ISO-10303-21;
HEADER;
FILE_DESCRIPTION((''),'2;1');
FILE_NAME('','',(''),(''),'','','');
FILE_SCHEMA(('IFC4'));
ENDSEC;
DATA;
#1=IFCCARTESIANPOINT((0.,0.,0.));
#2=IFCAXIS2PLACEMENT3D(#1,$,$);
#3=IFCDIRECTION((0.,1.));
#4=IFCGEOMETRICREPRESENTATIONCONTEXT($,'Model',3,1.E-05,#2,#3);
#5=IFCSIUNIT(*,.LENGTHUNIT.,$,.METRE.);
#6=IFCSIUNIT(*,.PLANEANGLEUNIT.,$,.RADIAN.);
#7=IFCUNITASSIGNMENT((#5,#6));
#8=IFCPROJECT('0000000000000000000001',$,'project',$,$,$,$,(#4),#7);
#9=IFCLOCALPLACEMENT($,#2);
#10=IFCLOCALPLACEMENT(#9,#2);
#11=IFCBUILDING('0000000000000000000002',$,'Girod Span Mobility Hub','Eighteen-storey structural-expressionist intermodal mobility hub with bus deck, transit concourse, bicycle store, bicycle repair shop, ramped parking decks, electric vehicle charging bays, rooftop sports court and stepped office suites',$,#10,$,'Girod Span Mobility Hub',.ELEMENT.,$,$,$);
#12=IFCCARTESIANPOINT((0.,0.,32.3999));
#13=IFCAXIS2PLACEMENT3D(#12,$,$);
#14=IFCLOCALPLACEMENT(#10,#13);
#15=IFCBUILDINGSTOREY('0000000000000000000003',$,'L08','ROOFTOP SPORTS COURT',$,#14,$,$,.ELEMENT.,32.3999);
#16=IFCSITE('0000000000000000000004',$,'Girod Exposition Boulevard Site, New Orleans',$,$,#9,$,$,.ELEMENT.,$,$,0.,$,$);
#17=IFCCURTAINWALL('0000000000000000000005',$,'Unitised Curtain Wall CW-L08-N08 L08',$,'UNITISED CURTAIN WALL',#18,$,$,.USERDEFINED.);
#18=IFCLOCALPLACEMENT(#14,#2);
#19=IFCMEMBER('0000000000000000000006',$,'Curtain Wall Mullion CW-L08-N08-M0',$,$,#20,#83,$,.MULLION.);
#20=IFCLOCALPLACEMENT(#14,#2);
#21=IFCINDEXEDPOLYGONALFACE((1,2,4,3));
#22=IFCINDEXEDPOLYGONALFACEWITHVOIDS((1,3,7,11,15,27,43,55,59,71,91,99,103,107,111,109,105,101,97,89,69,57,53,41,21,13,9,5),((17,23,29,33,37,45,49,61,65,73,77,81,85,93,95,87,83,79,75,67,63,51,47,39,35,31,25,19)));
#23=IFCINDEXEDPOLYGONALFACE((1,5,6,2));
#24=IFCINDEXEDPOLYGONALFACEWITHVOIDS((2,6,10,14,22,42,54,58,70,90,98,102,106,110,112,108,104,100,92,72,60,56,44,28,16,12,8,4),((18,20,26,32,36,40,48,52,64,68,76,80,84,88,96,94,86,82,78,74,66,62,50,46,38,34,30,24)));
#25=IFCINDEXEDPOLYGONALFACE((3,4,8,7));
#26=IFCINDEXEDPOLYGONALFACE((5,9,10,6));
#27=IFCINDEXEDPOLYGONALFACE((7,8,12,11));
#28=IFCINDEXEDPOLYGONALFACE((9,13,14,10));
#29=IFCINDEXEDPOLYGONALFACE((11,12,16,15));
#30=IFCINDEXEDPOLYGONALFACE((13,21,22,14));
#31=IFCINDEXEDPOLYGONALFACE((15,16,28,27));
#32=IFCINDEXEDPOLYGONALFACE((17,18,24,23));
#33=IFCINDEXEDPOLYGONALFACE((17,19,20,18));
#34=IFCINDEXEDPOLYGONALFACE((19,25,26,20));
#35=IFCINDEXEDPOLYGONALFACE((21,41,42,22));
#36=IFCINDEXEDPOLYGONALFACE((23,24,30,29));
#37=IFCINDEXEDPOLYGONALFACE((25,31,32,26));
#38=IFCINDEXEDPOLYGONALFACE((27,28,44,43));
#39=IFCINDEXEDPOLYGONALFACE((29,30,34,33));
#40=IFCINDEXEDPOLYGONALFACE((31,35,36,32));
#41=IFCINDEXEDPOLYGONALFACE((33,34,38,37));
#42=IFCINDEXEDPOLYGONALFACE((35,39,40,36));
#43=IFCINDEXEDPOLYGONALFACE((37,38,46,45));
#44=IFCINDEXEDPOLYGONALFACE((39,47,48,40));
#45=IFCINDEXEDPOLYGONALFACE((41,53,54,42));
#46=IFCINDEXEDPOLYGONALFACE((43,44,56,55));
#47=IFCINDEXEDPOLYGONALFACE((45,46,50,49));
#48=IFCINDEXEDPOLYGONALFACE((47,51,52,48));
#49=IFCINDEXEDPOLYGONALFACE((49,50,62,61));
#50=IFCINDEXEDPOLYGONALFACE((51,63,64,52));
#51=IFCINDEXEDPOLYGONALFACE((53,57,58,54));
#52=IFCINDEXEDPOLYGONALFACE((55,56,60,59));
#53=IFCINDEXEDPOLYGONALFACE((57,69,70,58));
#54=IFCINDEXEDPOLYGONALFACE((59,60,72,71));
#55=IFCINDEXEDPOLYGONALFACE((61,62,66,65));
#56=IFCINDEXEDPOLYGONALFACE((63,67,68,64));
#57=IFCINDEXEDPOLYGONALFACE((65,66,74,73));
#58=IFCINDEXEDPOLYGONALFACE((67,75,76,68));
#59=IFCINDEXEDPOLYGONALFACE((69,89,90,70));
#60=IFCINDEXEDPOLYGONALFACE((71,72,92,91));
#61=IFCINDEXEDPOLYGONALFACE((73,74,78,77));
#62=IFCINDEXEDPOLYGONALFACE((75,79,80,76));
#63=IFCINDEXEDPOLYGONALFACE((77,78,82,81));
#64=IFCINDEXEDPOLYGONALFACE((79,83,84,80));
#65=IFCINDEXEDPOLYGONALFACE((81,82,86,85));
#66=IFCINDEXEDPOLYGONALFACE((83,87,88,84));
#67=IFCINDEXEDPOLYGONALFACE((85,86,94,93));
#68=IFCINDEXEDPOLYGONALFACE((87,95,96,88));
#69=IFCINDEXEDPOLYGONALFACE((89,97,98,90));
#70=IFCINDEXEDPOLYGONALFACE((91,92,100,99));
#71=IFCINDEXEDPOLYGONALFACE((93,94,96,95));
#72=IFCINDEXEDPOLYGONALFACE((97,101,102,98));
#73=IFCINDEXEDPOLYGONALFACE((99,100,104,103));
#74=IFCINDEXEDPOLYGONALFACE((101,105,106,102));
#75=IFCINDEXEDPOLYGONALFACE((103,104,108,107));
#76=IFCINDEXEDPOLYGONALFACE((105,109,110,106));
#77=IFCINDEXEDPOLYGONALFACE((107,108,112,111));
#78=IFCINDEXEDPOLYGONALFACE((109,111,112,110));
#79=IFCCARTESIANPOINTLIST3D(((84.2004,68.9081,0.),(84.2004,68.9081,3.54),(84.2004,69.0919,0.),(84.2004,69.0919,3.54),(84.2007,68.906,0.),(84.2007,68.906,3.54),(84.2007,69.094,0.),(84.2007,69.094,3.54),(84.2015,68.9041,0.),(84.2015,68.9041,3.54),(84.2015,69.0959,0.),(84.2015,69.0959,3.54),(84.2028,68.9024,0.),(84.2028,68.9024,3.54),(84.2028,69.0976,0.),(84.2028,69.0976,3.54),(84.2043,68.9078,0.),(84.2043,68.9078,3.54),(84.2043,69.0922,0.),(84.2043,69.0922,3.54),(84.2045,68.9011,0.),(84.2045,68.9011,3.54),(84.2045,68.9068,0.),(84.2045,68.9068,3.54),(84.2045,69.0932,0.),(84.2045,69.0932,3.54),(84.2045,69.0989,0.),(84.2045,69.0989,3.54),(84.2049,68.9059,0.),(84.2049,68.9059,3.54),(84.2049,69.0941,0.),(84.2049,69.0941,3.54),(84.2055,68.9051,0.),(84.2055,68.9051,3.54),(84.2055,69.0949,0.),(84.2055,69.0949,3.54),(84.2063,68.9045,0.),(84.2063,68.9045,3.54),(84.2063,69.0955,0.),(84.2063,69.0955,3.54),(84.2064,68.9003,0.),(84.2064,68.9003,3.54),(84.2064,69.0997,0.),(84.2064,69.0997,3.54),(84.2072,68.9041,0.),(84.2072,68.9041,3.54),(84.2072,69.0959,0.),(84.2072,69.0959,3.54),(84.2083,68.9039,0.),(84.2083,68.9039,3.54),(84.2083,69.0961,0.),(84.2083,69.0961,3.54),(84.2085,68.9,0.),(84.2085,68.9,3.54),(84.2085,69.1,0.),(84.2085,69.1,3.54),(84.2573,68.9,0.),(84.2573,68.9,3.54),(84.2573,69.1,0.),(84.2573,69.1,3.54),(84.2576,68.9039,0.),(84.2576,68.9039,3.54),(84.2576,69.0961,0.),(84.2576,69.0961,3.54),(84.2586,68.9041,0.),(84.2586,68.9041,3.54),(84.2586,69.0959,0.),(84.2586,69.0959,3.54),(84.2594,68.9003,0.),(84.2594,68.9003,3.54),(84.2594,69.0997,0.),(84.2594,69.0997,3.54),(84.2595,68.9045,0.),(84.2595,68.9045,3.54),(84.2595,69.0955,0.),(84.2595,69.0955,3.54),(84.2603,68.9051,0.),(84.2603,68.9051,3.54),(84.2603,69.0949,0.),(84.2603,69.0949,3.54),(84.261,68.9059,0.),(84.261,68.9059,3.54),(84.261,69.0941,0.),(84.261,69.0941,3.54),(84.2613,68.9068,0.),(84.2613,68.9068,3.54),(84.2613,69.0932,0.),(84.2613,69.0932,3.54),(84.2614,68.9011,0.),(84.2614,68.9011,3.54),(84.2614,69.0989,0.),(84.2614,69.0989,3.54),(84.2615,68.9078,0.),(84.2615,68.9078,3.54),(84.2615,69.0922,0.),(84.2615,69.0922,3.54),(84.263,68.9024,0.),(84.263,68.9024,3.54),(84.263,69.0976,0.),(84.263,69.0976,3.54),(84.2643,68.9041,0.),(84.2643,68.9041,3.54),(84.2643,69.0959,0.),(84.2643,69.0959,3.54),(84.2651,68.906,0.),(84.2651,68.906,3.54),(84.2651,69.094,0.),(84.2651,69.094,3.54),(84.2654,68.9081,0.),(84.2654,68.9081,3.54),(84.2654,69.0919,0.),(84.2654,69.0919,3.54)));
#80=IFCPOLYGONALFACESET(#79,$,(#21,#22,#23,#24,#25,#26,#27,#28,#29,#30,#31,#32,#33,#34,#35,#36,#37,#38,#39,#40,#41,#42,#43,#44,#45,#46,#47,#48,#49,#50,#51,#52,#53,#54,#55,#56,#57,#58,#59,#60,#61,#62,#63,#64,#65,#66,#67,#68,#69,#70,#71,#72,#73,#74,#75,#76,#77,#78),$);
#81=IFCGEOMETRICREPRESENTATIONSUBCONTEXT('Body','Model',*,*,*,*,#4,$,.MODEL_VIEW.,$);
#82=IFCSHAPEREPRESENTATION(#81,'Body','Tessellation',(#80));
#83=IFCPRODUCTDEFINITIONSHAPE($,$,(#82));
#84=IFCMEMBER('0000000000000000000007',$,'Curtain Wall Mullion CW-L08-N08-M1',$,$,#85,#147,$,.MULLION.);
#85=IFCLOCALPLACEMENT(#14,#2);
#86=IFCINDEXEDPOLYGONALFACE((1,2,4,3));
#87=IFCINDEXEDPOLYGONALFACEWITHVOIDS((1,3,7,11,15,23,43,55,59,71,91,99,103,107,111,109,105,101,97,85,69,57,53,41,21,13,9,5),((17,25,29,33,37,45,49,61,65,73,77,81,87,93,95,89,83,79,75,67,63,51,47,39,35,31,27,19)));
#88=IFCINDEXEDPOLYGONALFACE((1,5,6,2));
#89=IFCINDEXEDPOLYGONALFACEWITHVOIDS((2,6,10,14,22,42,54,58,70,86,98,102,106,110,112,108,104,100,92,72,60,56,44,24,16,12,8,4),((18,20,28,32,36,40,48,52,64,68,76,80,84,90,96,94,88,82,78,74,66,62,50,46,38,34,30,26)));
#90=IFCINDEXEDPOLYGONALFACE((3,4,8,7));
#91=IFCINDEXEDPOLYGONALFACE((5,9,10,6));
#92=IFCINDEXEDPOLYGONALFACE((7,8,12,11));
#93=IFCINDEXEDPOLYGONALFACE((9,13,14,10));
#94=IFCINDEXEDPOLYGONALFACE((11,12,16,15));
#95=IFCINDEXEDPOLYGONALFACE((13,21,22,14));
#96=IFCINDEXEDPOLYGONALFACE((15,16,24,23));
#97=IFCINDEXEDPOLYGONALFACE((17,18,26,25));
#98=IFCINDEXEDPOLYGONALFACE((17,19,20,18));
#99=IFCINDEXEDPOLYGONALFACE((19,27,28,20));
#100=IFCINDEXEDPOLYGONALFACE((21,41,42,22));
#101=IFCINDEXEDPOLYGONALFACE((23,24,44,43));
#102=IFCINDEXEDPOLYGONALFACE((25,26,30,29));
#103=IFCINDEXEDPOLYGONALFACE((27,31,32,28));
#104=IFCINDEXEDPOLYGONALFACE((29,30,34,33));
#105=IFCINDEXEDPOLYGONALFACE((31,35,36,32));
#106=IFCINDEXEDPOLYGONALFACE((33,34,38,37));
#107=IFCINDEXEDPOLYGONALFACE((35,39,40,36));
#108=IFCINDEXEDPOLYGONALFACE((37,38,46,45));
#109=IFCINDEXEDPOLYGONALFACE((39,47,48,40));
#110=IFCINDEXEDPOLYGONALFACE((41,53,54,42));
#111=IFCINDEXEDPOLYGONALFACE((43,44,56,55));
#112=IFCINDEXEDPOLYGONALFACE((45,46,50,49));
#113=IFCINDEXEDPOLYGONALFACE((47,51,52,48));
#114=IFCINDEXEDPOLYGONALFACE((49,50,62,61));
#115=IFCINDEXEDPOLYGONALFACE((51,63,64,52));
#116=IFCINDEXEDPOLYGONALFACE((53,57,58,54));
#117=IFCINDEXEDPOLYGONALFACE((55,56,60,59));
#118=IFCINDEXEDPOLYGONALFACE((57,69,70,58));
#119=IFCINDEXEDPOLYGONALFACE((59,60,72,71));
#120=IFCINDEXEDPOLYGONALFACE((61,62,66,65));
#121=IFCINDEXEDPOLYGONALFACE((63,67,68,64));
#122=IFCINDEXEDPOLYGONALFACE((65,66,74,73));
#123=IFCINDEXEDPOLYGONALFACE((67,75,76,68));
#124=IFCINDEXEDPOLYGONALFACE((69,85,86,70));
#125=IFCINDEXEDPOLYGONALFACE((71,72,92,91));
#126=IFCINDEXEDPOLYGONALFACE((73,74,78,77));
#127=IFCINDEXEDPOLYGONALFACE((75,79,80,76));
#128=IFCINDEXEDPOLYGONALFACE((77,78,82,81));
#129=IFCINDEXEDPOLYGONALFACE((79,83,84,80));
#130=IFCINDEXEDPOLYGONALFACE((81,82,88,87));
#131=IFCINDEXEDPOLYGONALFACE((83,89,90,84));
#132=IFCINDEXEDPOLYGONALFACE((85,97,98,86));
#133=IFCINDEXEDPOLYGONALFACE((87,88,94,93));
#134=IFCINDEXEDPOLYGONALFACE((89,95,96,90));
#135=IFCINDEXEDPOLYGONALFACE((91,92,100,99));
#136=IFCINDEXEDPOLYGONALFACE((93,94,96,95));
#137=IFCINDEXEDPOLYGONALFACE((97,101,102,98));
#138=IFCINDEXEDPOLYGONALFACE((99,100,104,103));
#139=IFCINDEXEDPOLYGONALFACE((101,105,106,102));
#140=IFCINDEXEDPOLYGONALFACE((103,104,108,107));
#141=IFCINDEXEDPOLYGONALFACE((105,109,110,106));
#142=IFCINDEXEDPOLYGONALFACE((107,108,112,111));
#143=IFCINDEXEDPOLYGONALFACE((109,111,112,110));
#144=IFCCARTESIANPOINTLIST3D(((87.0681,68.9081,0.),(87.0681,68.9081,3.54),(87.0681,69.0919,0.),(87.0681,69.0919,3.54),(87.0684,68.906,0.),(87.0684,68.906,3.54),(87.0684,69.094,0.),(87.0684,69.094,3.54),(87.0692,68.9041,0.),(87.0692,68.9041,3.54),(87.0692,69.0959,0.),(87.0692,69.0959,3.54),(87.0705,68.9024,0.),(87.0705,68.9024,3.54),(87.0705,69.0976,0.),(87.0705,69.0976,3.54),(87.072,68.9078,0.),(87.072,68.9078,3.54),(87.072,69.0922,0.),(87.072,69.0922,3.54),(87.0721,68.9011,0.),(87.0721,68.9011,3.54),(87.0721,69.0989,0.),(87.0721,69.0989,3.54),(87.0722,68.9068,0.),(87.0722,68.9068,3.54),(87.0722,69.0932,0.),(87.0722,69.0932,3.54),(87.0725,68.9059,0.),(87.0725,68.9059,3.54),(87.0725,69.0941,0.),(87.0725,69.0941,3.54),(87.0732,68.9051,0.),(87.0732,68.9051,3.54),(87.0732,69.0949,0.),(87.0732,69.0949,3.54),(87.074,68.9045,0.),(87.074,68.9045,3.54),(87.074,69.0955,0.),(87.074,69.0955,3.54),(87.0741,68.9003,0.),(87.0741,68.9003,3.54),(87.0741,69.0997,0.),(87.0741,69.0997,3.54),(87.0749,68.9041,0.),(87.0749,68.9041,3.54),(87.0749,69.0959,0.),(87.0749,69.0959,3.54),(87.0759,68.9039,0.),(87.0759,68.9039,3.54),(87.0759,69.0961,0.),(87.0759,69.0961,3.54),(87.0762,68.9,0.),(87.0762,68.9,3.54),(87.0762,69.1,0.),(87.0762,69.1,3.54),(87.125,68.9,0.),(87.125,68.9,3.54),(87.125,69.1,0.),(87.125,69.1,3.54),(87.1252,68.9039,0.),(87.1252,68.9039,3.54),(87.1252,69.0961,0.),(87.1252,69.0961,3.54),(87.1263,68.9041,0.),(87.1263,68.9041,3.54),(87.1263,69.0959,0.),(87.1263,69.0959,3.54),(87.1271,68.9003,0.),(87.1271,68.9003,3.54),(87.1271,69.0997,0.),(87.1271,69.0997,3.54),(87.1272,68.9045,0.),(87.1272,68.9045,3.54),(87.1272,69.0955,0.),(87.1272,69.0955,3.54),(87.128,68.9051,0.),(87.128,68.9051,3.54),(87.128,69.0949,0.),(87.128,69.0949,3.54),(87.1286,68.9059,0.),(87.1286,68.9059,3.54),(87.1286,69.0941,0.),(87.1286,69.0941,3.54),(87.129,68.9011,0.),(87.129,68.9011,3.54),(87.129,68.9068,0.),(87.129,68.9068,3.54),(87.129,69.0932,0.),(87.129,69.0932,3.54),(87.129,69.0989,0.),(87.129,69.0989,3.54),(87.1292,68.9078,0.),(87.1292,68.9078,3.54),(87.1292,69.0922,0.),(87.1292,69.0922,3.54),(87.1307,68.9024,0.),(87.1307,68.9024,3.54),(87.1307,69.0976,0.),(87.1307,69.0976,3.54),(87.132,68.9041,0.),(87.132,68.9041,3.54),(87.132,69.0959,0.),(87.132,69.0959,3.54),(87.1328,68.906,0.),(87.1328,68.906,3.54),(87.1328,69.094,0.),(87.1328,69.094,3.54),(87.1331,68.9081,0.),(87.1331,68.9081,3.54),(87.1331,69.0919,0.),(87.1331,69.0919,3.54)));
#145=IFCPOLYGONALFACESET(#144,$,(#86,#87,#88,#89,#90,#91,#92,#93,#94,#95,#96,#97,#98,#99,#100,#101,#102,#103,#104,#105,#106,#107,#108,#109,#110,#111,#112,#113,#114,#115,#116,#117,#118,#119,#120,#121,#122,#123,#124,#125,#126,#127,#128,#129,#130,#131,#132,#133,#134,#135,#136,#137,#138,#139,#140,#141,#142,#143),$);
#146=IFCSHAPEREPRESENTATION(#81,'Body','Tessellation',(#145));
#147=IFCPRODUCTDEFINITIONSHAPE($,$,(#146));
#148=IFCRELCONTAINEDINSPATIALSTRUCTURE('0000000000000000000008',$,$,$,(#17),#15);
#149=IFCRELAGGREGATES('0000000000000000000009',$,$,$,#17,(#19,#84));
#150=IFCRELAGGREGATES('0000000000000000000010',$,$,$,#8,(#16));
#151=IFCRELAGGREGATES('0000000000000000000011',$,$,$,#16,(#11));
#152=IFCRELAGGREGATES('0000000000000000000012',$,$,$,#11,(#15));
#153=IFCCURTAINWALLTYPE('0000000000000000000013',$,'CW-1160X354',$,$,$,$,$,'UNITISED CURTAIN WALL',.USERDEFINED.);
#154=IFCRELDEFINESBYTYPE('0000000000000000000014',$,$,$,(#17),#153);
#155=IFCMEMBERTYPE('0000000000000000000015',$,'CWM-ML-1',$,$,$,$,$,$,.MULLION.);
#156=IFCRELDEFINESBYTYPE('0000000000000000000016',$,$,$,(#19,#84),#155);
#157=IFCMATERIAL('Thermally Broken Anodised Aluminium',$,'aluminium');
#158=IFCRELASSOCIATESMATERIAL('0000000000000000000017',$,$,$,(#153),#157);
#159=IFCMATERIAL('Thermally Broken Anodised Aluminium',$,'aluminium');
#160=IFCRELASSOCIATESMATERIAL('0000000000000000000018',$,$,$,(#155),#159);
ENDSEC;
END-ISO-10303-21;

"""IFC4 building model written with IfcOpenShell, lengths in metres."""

from ifc_helpers import new_model, si_unit, direction, frame, origin, origin_2d, place, context, subcontext, project, spatial, hollow_rectangle, extrude, material, material_profile, profile_set, type_object, element, aggregate, save


model = new_model("IFC4")

# Units and contexts
model_context = context("Model", 3, precision=1e-05, world=origin(), true_north=direction((0.0, 1.0)))
body_context = subcontext(model_context, "Body", "Model", "MODEL_VIEW")
ifc_project = project(units=[si_unit("LENGTHUNIT", "METRE"), si_unit("PLANEANGLEUNIT", "RADIAN")], contexts=[model_context])

# Site, building, storey
site_placement = place(None, origin())
site = spatial("IfcSite", under=ifc_project, at=site_placement, Name="Girod Exposition Boulevard Site, New Orleans", CompositionType="ELEMENT", RefElevation=0.0)
building_placement = place(site_placement, origin())
building = spatial("IfcBuilding", under=site, at=building_placement, Name="Girod Span Mobility Hub", Description="Eighteen-storey structural-expressionist intermodal mobility hub with bus deck, transit concourse, bicycle store, bicycle repair shop, ramped parking decks, electric vehicle charging bays, rooftop sports court and stepped office suites", LongName="Girod Span Mobility Hub", CompositionType="ELEMENT")
storey_placement = place(building_placement, frame((0.0, 0.0, 32.3999)))
storey = spatial("IfcBuildingStorey", under=building, at=storey_placement, Name="L08", Description="ROOFTOP SPORTS COURT", CompositionType="ELEMENT", Elevation=32.3999)

# Curtain wall, members
ifc_material_1 = material(Name="Thermally Broken Anodised Aluminium", Category="aluminium")
curtain_wall_type = type_object("IfcCurtainWallType", Name="CW-1160X354", ElementType="UNITISED CURTAIN WALL", PredefinedType="USERDEFINED", material=ifc_material_1)
ifc_material_2 = material(Name="Thermally Broken Anodised Aluminium", Category="aluminium")
ifc_material_profile_1 = material_profile(ifc_material_2, hollow_rectangle(XDim=0.2, YDim=0.0649, WallThickness=0.0039, InnerFilletRadius=0.0039, OuterFilletRadius=0.0081, at=origin_2d()), Name="CW-ML-65X200")
ifc_profile_set_1 = profile_set([ifc_material_profile_1], Name="Thermally Broken Anodised Aluminium")
member_type_1 = type_object("IfcMemberType", Name="CWM-ML-1", PredefinedType="MULLION", material=ifc_profile_set_1)
curtain_wall_1_placement = place(storey_placement, origin())
curtain_wall_1 = element("IfcCurtainWall", 1, at=curtain_wall_1_placement, inside=storey, type_object=curtain_wall_type, Name="Unitised Curtain Wall CW-L08-N08 L08", ObjectType="UNITISED CURTAIN WALL", PredefinedType="USERDEFINED")
member_1_placement = place(storey_placement, frame((84.2329, 69.0, 0.0), z_axis=(0.0, 0.0, 1.0), x_axis=(0.0, 1.0, 0.0)))
member_1 = element("IfcMember", 2, at=member_1_placement, type_object=member_type_1, Name="Curtain Wall Mullion CW-L08-N08-M0", PredefinedType="MULLION", context=body_context, shape_type="SweptSolid", body=[
    extrude(hollow_rectangle(XDim=0.2, YDim=0.0649, WallThickness=0.0039, InnerFilletRadius=0.0039, OuterFilletRadius=0.0081, at=origin_2d()), origin(), (0.0, 0.0, 1.0), 3.54),
])
member_2_placement = place(storey_placement, frame((87.1006, 69.0, 0.0), z_axis=(0.0, 0.0, 1.0), x_axis=(0.0, 1.0, 0.0)))
member_2 = element("IfcMember", 3, at=member_2_placement, type_object=member_type_1, Name="Curtain Wall Mullion CW-L08-N08-M1", PredefinedType="MULLION", context=body_context, shape_type="SweptSolid", body=[
    extrude(hollow_rectangle(XDim=0.2, YDim=0.0649, WallThickness=0.0039, InnerFilletRadius=0.0039, OuterFilletRadius=0.0081, at=origin_2d()), origin(), (0.0, 0.0, 1.0), 3.54),
])

aggregate(curtain_wall_1, [member_1, member_2])

save(model, "model.ifc")
